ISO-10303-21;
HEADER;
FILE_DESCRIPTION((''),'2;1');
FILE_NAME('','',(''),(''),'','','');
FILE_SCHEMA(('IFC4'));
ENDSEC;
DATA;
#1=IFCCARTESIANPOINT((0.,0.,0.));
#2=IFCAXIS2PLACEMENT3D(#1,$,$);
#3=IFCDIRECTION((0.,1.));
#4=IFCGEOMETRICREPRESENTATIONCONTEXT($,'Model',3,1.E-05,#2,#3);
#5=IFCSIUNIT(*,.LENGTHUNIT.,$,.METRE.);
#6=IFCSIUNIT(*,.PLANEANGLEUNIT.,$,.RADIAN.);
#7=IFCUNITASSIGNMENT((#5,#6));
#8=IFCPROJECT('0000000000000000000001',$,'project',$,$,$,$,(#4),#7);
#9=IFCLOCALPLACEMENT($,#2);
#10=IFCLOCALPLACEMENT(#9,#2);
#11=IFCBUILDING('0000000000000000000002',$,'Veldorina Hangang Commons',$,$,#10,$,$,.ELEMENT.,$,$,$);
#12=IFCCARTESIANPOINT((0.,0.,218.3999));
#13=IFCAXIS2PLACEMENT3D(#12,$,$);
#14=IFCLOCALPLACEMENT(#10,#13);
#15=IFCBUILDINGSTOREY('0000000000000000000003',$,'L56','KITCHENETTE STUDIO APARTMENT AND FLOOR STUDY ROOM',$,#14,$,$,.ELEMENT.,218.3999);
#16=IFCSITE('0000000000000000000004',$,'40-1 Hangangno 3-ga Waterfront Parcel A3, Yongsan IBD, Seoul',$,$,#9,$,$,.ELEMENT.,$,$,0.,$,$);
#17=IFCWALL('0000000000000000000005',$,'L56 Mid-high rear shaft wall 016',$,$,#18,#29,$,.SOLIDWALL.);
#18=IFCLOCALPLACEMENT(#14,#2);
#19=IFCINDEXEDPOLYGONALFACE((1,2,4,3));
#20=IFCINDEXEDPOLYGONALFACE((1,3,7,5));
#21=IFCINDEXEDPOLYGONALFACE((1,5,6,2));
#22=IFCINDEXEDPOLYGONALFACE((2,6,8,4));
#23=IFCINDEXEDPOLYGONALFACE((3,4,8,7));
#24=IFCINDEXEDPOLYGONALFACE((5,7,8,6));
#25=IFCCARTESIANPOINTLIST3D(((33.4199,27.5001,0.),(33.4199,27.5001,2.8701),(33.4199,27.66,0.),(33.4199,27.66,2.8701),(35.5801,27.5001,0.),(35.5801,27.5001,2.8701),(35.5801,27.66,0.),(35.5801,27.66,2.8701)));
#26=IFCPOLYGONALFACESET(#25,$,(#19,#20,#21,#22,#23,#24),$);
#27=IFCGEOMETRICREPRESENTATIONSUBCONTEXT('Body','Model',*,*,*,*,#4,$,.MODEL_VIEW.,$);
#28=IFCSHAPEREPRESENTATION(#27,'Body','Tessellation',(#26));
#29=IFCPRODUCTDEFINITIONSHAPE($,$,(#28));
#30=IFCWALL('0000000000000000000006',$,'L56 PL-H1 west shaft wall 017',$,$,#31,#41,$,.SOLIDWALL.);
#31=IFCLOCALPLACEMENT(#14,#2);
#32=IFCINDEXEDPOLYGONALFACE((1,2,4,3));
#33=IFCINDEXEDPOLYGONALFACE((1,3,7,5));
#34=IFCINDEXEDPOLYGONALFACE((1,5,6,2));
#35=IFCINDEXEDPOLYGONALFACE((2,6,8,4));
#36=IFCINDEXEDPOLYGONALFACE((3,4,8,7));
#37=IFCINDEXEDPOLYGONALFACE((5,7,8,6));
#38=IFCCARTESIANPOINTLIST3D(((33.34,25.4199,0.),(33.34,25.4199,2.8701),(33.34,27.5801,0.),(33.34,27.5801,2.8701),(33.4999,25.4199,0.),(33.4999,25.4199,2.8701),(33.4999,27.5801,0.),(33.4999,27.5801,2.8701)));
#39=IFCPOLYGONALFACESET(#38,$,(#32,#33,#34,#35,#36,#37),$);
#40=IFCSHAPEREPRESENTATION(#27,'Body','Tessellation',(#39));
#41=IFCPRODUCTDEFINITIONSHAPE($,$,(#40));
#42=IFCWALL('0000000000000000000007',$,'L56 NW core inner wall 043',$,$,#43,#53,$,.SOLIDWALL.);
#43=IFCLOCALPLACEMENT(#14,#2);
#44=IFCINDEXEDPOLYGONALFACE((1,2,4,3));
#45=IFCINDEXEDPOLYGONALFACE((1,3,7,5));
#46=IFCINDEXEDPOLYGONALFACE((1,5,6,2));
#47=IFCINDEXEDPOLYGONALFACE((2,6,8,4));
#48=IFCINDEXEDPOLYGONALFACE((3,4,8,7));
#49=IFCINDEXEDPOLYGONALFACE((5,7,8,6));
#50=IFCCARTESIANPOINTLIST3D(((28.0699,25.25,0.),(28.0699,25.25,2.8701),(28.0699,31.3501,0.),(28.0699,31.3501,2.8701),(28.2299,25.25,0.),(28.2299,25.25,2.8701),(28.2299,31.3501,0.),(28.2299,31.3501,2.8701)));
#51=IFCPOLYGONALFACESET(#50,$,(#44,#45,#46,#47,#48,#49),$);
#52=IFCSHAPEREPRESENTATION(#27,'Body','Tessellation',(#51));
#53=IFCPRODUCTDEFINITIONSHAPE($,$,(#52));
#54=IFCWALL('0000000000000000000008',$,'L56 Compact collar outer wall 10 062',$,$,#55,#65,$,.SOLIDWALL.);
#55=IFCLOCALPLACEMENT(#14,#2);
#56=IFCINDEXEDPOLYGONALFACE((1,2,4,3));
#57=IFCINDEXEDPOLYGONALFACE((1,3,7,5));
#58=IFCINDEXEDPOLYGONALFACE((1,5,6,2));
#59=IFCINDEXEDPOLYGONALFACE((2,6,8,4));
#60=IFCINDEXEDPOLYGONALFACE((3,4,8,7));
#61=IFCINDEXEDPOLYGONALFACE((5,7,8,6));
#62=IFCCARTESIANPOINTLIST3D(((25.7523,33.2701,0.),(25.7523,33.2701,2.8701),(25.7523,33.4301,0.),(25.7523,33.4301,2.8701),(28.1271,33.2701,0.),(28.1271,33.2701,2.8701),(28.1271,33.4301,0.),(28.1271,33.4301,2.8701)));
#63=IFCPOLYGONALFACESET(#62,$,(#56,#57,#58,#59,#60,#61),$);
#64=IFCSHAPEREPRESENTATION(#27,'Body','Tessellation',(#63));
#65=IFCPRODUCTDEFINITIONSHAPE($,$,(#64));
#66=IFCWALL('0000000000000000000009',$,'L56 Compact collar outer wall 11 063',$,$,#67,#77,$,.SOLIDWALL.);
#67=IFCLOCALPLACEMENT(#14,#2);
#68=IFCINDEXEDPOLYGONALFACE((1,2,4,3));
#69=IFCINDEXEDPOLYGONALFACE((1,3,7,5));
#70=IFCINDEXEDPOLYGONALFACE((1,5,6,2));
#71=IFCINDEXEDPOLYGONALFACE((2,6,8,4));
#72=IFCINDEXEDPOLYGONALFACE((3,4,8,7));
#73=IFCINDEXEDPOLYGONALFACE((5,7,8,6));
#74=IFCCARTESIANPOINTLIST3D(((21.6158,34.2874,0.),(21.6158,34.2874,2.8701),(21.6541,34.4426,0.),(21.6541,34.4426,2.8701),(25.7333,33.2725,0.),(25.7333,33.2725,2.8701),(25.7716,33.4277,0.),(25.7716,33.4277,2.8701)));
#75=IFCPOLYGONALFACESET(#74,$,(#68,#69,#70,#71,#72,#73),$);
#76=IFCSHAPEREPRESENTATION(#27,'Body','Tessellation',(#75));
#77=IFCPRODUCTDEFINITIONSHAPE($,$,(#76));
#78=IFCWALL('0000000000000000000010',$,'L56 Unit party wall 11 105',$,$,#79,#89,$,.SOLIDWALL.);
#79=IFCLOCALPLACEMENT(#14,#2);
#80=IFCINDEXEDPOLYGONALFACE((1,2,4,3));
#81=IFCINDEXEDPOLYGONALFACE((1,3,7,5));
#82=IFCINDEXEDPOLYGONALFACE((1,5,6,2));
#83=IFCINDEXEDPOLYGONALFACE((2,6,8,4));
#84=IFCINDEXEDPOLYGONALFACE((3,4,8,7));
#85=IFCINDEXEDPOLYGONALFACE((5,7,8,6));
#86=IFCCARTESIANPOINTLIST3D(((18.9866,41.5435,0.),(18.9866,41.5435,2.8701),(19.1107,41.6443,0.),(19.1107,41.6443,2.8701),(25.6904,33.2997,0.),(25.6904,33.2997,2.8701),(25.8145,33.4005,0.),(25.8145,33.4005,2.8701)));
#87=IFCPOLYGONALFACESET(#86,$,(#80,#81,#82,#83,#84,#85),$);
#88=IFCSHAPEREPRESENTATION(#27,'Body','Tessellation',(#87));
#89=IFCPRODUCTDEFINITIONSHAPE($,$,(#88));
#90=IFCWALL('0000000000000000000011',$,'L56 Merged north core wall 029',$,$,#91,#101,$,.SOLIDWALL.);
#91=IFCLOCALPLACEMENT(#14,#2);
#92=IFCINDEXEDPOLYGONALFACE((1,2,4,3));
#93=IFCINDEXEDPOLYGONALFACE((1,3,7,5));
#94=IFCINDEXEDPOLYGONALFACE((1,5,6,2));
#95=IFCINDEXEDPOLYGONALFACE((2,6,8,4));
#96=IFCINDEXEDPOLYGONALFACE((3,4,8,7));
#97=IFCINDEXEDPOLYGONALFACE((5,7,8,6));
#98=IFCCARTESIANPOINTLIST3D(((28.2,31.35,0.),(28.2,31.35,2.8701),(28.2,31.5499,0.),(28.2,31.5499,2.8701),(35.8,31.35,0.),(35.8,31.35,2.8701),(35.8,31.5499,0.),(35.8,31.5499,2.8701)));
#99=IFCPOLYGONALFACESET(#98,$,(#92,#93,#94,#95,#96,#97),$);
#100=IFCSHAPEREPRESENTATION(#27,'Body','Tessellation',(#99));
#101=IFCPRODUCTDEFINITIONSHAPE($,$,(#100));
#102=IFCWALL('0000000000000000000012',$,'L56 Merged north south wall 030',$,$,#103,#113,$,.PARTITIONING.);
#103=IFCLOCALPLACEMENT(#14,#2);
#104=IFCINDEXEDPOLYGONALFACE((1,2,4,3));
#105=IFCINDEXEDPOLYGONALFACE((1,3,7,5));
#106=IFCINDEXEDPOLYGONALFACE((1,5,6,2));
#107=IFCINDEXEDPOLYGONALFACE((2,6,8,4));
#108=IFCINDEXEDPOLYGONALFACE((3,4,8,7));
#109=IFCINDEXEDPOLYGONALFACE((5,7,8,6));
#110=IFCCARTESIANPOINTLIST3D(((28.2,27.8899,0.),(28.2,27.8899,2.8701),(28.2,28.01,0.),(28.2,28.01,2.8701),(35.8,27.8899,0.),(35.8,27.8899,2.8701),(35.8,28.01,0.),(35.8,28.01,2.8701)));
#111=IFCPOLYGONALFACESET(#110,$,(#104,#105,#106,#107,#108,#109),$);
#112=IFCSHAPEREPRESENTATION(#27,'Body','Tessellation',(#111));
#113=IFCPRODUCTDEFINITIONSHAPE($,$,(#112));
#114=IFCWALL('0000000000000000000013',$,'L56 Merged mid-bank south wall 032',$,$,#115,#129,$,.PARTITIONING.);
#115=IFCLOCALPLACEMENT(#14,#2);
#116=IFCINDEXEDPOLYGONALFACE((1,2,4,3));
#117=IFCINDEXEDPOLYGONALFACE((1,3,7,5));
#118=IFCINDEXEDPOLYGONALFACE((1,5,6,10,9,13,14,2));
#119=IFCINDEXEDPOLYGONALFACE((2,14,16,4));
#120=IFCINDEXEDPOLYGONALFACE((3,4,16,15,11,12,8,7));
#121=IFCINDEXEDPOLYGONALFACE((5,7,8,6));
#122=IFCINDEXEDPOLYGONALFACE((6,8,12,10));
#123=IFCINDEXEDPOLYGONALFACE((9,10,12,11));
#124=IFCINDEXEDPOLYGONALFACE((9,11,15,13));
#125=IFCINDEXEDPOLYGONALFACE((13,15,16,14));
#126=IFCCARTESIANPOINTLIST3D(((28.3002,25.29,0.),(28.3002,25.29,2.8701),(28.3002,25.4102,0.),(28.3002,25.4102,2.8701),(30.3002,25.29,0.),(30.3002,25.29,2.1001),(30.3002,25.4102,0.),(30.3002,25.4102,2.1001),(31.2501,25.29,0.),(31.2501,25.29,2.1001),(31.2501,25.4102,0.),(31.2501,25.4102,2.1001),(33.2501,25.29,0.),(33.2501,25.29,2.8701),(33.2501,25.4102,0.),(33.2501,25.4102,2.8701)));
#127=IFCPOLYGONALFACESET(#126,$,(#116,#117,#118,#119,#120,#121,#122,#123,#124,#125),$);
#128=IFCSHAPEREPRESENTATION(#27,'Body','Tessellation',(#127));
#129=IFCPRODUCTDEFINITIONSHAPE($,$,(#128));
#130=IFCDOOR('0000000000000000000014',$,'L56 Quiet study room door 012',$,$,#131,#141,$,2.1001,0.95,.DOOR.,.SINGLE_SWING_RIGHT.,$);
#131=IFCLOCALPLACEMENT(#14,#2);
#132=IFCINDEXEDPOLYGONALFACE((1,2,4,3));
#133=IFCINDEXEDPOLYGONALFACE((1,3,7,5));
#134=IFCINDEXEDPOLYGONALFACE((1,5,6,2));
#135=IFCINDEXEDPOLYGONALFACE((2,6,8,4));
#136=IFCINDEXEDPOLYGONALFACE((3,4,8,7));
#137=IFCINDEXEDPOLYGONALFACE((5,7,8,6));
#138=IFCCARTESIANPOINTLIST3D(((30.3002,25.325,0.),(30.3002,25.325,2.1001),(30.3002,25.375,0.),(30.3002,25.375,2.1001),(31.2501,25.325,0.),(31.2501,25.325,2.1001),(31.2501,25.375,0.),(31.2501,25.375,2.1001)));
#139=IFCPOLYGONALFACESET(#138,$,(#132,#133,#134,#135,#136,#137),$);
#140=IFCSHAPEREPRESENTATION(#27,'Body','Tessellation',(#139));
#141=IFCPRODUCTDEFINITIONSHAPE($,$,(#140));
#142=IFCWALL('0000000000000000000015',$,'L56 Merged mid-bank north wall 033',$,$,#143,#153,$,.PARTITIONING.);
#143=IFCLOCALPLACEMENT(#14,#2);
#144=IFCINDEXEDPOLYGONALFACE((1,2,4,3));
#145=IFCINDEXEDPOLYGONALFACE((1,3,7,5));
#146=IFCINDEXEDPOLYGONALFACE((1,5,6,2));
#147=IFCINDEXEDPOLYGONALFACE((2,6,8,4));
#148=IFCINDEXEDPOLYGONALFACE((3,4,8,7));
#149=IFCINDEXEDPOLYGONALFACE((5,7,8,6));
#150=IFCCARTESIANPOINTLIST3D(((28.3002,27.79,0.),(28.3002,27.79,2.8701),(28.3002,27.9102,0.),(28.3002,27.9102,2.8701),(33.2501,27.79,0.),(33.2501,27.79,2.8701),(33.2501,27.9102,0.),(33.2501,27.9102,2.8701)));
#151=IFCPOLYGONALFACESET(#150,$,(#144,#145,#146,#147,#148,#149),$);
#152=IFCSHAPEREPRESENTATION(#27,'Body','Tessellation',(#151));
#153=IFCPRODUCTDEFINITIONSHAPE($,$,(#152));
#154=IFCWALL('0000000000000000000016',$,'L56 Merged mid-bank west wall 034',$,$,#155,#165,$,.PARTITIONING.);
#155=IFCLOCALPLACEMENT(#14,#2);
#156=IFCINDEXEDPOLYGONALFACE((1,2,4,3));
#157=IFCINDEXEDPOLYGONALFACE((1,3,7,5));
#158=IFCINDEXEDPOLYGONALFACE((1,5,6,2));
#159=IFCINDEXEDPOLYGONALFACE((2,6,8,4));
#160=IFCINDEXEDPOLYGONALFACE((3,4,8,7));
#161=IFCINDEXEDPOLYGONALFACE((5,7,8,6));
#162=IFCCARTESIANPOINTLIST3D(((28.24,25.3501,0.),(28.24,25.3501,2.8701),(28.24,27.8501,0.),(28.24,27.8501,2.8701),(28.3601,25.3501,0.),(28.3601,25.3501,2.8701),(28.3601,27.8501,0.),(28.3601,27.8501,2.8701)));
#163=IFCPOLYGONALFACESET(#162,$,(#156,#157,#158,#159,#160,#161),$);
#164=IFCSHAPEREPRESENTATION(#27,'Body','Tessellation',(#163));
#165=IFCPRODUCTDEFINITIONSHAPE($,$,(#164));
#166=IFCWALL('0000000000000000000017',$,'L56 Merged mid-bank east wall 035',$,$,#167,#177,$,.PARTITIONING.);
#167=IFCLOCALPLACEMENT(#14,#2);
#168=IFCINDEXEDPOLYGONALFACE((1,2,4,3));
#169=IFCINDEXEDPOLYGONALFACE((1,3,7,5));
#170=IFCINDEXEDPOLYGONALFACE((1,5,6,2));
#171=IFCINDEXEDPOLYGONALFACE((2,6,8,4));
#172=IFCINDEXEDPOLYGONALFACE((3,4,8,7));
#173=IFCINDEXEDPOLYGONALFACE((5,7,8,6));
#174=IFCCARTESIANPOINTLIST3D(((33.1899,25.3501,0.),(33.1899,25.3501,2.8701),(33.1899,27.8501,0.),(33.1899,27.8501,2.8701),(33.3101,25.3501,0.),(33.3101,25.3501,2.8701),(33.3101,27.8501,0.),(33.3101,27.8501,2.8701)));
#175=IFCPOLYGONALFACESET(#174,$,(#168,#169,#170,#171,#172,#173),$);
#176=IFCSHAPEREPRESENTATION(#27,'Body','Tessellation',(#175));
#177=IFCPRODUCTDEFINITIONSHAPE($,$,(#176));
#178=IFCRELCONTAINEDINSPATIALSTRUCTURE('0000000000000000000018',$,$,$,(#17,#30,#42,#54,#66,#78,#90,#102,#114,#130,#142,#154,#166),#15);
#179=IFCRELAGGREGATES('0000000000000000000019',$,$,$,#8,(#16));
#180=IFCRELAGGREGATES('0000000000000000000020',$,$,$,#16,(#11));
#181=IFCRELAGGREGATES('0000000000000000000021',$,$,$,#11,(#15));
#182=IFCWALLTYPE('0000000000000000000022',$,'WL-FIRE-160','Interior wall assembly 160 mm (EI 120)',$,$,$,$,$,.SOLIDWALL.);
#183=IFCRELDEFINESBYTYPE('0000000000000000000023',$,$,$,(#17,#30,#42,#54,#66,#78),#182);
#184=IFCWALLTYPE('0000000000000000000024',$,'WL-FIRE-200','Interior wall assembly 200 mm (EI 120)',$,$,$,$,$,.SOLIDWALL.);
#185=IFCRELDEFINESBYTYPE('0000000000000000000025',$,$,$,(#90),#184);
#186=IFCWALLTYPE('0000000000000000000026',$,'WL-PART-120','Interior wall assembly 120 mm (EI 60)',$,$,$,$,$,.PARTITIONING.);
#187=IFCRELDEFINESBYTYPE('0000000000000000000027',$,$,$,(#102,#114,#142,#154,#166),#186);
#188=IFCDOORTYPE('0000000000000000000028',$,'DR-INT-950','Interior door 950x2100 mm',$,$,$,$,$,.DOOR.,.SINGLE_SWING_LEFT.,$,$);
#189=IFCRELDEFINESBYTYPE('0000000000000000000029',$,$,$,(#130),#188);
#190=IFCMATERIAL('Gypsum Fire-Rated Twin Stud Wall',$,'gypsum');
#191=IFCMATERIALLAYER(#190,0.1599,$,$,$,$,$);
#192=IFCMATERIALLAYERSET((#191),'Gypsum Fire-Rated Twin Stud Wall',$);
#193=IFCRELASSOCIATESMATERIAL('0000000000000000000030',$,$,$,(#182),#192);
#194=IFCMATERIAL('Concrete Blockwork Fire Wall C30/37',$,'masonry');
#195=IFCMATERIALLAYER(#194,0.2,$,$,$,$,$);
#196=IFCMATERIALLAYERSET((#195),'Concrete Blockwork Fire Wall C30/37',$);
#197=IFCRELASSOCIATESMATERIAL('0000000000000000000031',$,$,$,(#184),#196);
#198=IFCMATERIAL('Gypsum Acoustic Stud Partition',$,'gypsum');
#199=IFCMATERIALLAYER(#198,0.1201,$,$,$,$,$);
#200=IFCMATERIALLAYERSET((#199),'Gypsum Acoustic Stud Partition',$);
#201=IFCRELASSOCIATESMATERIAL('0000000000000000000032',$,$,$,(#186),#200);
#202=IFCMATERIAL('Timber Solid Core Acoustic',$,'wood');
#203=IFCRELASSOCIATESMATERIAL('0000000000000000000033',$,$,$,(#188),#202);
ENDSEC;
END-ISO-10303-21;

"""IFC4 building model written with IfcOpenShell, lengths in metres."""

from ifc_helpers import new_model, si_unit, direction, frame, frame_2d, origin, place, context, subcontext, project, spatial, rectangle, extrude, material, layer, layer_set, type_object, element, fill, save


model = new_model("IFC4")

# Units and contexts
model_context = context("Model", 3, precision=1e-05, world=origin(), true_north=direction((0.0, 1.0)))
body_context = subcontext(model_context, "Body", "Model", "MODEL_VIEW")
ifc_project = project(units=[si_unit("LENGTHUNIT", "METRE"), si_unit("PLANEANGLEUNIT", "RADIAN")], contexts=[model_context])

# Site, building, storey
site_placement = place(None, origin())
site = spatial("IfcSite", under=ifc_project, at=site_placement, Name="40-1 Hangangno 3-ga Waterfront Parcel A3, Yongsan IBD, Seoul", CompositionType="ELEMENT", RefElevation=0.0)
building_placement = place(site_placement, origin())
building = spatial("IfcBuilding", under=site, at=building_placement, Name="Veldorina Hangang Commons", CompositionType="ELEMENT")
storey_placement = place(building_placement, frame((0.0, 0.0, 218.3999)))
storey = spatial("IfcBuildingStorey", under=building, at=storey_placement, Name="L56", Description="KITCHENETTE STUDIO APARTMENT AND FLOOR STUDY ROOM", CompositionType="ELEMENT", Elevation=218.3999)

# Shared definitions
ifc_material_1 = material(Name="Gypsum Fire-Rated Twin Stud Wall", Category="gypsum")
ifc_layer_1 = layer(ifc_material_1, 0.1599)
ifc_layer_set_1 = layer_set([ifc_layer_1], Name="Gypsum Fire-Rated Twin Stud Wall")
wall_type_1 = type_object("IfcWallType", Name="WL-FIRE-160", Description="Interior wall assembly 160 mm (EI 120)", PredefinedType="SOLIDWALL", material=ifc_layer_set_1)

# Walls
for number, where, z_axis, x_axis, name in (
    (1, (33.4199, 27.5801, 0.0), (0.0, 0.0, 1.0), (1.0, 0.0, 0.0), "L56 Mid-high rear shaft wall 016"),
    (2, (33.4199, 25.4199, 0.0), (0.0, 0.0, 1.0), (0.0, 1.0, 0.0), "L56 PL-H1 west shaft wall 017"),
):
    element("IfcWall", number, at=place(storey_placement, frame(where, z_axis=z_axis, x_axis=x_axis)), inside=storey, type_object=wall_type_1, Name=name, PredefinedType="SOLIDWALL", context=body_context, shape_type="SweptSolid", body=[
        extrude(rectangle(XDim=2.1602, YDim=0.1599, at=frame_2d((1.0801, 0.0))), origin(), (0.0, 0.0, 1.0), 2.8701),
    ])
wall_1_placement = place(storey_placement, frame((28.1499, 25.25, 0.0), z_axis=(0.0, 0.0, 1.0), x_axis=(0.0, 1.0, 0.0)))
element("IfcWall", 3, at=wall_1_placement, inside=storey, type_object=wall_type_1, Name="L56 NW core inner wall 043", PredefinedType="SOLIDWALL", context=body_context, shape_type="SweptSolid", body=[
    extrude(rectangle(XDim=6.1001, YDim=0.1599, at=frame_2d((3.05, 0.0))), origin(), (0.0, 0.0, 1.0), 2.8701),
])
wall_2_placement = place(storey_placement, frame((28.1272, 33.3501, 0.0), z_axis=(0.0, 0.0, 1.0), x_axis=(-1.0, 0.0, 0.0)))
element("IfcWall", 4, at=wall_2_placement, inside=storey, type_object=wall_type_1, Name="L56 Compact collar outer wall 10 062", PredefinedType="SOLIDWALL", context=body_context, shape_type="SweptSolid", body=[
    extrude(rectangle(XDim=2.3748, YDim=0.1599, at=frame_2d((1.1875, 0.0))), origin(), (0.0, 0.0, 1.0), 2.8701),
])
wall_3_placement = place(storey_placement, frame((25.7524, 33.3501, 0.0), z_axis=(0.0, 0.0, 1.0), x_axis=(-0.97094, 0.239324, 0.0)))
element("IfcWall", 5, at=wall_3_placement, inside=storey, type_object=wall_type_1, Name="L56 Compact collar outer wall 11 063", PredefinedType="SOLIDWALL", context=body_context, shape_type="SweptSolid", body=[
    extrude(rectangle(XDim=4.2407, YDim=0.1599, at=frame_2d((2.1204, 0.0))), origin(), (0.0, 0.0, 1.0), 2.8701),
])
wall_4_placement = place(storey_placement, frame((25.7524, 33.3501, 0.0), z_axis=(0.0, 0.0, 1.0), x_axis=(-0.630915, 0.775852, 0.0)))
element("IfcWall", 6, at=wall_4_placement, inside=storey, type_object=wall_type_1, Name="L56 Unit party wall 11 105", PredefinedType="SOLIDWALL", context=body_context, shape_type="SweptSolid", body=[
    extrude(rectangle(XDim=10.6255, YDim=0.1599, at=frame_2d((5.3127, 0.0))), origin(), (0.0, 0.0, 1.0), 2.8701),
])
ifc_material_2 = material(Name="Concrete Blockwork Fire Wall C30/37", Category="masonry")
ifc_layer_2 = layer(ifc_material_2, 0.2)
ifc_layer_set_2 = layer_set([ifc_layer_2], Name="Concrete Blockwork Fire Wall C30/37")
wall_type_2 = type_object("IfcWallType", Name="WL-FIRE-200", Description="Interior wall assembly 200 mm (EI 120)", PredefinedType="SOLIDWALL", material=ifc_layer_set_2)
wall_5_placement = place(storey_placement, frame((28.2, 31.45, 0.0), z_axis=(0.0, 0.0, 1.0), x_axis=(1.0, 0.0, 0.0)))
element("IfcWall", 7, at=wall_5_placement, inside=storey, type_object=wall_type_2, Name="L56 Merged north core wall 029", PredefinedType="SOLIDWALL", context=body_context, shape_type="SweptSolid", body=[
    extrude(rectangle(XDim=7.6001, YDim=0.2, at=frame_2d((3.8, 0.0))), origin(), (0.0, 0.0, 1.0), 2.8701),
])
ifc_material_3 = material(Name="Gypsum Acoustic Stud Partition", Category="gypsum")
ifc_layer_3 = layer(ifc_material_3, 0.1201)
ifc_layer_set_3 = layer_set([ifc_layer_3], Name="Gypsum Acoustic Stud Partition")
wall_type_3 = type_object("IfcWallType", Name="WL-PART-120", Description="Interior wall assembly 120 mm (EI 60)", PredefinedType="PARTITIONING", material=ifc_layer_set_3)
wall_6_placement = place(storey_placement, frame((28.2, 27.95, 0.0), z_axis=(0.0, 0.0, 1.0), x_axis=(1.0, 0.0, 0.0)))
element("IfcWall", 8, at=wall_6_placement, inside=storey, type_object=wall_type_3, Name="L56 Merged north south wall 030", PredefinedType="PARTITIONING", context=body_context, shape_type="SweptSolid", body=[
    extrude(rectangle(XDim=7.6001, YDim=0.1201, at=frame_2d((3.8, 0.0))), origin(), (0.0, 0.0, 1.0), 2.8701),
])

# Wall, opening, door
wall_7_placement = place(storey_placement, frame((28.3, 25.3501, 0.0), z_axis=(0.0, 0.0, 1.0), x_axis=(1.0, 0.0, 0.0)))
wall_7 = element("IfcWall", 9, at=wall_7_placement, inside=storey, type_object=wall_type_3, Name="L56 Merged mid-bank south wall 032", PredefinedType="PARTITIONING", context=body_context, shape_type="SweptSolid", body=[
    extrude(rectangle(XDim=4.95, YDim=0.1201, at=frame_2d((2.4751, 0.0))), origin(), (0.0, 0.0, 1.0), 2.8701),
])
opening_1_placement = place(wall_7_placement, frame((2.0, 0.0, 0.0)))
opening_1 = element("IfcOpeningElement", 10, at=opening_1_placement, cuts=wall_7, PredefinedType="OPENING", context=body_context, shape_type="SweptSolid", body=[
    extrude(rectangle(XDim=0.95, YDim=2.1001, at=frame_2d((0.4751, 1.05))), frame((0.0, 0.0701, 0.0), z_axis=(0.0, -1.0, 0.0), x_axis=(1.0, 0.0, 0.0)), (0.0, 0.0, 1.0), 0.1401),
])
ifc_material_4 = material(Name="Timber Solid Core Acoustic", Category="wood")
door_type_1 = type_object("IfcDoorType", Name="DR-INT-950", Description="Interior door 950x2100 mm", OperationType="SINGLE_SWING_LEFT", PredefinedType="DOOR", material=ifc_material_4)
door_1_placement = place(opening_1_placement, origin())
door_1 = element("IfcDoor", 11, at=door_1_placement, inside=storey, type_object=door_type_1, Name="L56 Quiet study room door 012", OperationType="SINGLE_SWING_RIGHT", OverallHeight=2.1001, OverallWidth=0.95, PredefinedType="DOOR", context=body_context, shape_type="SweptSolid", body=[
    extrude(rectangle(XDim=0.95, YDim=2.1001, at=frame_2d((0.4751, 1.05))), frame((0.0, 0.0249, 0.0), z_axis=(0.0, -1.0, 0.0), x_axis=(1.0, 0.0, 0.0)), (0.0, 0.0, 1.0), 0.05),
])
fill(opening_1, door_1)

# Walls
wall_8_placement = place(storey_placement, frame((28.3, 27.8501, 0.0), z_axis=(0.0, 0.0, 1.0), x_axis=(1.0, 0.0, 0.0)))
element("IfcWall", 12, at=wall_8_placement, inside=storey, type_object=wall_type_3, Name="L56 Merged mid-bank north wall 033", PredefinedType="PARTITIONING", context=body_context, shape_type="SweptSolid", body=[
    extrude(rectangle(XDim=4.95, YDim=0.1201, at=frame_2d((2.4751, 0.0))), origin(), (0.0, 0.0, 1.0), 2.8701),
])
for number, where, z_axis, x_axis, name in (
    (13, (28.3, 25.3501, 0.0), (0.0, 0.0, 1.0), (0.0, 1.0, 0.0), "L56 Merged mid-bank west wall 034"),
    (14, (33.25, 25.3501, 0.0), (0.0, 0.0, 1.0), (0.0, 1.0, 0.0), "L56 Merged mid-bank east wall 035"),
):
    element("IfcWall", number, at=place(storey_placement, frame(where, z_axis=z_axis, x_axis=x_axis)), inside=storey, type_object=wall_type_3, Name=name, PredefinedType="PARTITIONING", context=body_context, shape_type="SweptSolid", body=[
        extrude(rectangle(XDim=2.5, YDim=0.1201, at=frame_2d((1.25, 0.0))), origin(), (0.0, 0.0, 1.0), 2.8701),
    ])

save(model, "model.ifc")
